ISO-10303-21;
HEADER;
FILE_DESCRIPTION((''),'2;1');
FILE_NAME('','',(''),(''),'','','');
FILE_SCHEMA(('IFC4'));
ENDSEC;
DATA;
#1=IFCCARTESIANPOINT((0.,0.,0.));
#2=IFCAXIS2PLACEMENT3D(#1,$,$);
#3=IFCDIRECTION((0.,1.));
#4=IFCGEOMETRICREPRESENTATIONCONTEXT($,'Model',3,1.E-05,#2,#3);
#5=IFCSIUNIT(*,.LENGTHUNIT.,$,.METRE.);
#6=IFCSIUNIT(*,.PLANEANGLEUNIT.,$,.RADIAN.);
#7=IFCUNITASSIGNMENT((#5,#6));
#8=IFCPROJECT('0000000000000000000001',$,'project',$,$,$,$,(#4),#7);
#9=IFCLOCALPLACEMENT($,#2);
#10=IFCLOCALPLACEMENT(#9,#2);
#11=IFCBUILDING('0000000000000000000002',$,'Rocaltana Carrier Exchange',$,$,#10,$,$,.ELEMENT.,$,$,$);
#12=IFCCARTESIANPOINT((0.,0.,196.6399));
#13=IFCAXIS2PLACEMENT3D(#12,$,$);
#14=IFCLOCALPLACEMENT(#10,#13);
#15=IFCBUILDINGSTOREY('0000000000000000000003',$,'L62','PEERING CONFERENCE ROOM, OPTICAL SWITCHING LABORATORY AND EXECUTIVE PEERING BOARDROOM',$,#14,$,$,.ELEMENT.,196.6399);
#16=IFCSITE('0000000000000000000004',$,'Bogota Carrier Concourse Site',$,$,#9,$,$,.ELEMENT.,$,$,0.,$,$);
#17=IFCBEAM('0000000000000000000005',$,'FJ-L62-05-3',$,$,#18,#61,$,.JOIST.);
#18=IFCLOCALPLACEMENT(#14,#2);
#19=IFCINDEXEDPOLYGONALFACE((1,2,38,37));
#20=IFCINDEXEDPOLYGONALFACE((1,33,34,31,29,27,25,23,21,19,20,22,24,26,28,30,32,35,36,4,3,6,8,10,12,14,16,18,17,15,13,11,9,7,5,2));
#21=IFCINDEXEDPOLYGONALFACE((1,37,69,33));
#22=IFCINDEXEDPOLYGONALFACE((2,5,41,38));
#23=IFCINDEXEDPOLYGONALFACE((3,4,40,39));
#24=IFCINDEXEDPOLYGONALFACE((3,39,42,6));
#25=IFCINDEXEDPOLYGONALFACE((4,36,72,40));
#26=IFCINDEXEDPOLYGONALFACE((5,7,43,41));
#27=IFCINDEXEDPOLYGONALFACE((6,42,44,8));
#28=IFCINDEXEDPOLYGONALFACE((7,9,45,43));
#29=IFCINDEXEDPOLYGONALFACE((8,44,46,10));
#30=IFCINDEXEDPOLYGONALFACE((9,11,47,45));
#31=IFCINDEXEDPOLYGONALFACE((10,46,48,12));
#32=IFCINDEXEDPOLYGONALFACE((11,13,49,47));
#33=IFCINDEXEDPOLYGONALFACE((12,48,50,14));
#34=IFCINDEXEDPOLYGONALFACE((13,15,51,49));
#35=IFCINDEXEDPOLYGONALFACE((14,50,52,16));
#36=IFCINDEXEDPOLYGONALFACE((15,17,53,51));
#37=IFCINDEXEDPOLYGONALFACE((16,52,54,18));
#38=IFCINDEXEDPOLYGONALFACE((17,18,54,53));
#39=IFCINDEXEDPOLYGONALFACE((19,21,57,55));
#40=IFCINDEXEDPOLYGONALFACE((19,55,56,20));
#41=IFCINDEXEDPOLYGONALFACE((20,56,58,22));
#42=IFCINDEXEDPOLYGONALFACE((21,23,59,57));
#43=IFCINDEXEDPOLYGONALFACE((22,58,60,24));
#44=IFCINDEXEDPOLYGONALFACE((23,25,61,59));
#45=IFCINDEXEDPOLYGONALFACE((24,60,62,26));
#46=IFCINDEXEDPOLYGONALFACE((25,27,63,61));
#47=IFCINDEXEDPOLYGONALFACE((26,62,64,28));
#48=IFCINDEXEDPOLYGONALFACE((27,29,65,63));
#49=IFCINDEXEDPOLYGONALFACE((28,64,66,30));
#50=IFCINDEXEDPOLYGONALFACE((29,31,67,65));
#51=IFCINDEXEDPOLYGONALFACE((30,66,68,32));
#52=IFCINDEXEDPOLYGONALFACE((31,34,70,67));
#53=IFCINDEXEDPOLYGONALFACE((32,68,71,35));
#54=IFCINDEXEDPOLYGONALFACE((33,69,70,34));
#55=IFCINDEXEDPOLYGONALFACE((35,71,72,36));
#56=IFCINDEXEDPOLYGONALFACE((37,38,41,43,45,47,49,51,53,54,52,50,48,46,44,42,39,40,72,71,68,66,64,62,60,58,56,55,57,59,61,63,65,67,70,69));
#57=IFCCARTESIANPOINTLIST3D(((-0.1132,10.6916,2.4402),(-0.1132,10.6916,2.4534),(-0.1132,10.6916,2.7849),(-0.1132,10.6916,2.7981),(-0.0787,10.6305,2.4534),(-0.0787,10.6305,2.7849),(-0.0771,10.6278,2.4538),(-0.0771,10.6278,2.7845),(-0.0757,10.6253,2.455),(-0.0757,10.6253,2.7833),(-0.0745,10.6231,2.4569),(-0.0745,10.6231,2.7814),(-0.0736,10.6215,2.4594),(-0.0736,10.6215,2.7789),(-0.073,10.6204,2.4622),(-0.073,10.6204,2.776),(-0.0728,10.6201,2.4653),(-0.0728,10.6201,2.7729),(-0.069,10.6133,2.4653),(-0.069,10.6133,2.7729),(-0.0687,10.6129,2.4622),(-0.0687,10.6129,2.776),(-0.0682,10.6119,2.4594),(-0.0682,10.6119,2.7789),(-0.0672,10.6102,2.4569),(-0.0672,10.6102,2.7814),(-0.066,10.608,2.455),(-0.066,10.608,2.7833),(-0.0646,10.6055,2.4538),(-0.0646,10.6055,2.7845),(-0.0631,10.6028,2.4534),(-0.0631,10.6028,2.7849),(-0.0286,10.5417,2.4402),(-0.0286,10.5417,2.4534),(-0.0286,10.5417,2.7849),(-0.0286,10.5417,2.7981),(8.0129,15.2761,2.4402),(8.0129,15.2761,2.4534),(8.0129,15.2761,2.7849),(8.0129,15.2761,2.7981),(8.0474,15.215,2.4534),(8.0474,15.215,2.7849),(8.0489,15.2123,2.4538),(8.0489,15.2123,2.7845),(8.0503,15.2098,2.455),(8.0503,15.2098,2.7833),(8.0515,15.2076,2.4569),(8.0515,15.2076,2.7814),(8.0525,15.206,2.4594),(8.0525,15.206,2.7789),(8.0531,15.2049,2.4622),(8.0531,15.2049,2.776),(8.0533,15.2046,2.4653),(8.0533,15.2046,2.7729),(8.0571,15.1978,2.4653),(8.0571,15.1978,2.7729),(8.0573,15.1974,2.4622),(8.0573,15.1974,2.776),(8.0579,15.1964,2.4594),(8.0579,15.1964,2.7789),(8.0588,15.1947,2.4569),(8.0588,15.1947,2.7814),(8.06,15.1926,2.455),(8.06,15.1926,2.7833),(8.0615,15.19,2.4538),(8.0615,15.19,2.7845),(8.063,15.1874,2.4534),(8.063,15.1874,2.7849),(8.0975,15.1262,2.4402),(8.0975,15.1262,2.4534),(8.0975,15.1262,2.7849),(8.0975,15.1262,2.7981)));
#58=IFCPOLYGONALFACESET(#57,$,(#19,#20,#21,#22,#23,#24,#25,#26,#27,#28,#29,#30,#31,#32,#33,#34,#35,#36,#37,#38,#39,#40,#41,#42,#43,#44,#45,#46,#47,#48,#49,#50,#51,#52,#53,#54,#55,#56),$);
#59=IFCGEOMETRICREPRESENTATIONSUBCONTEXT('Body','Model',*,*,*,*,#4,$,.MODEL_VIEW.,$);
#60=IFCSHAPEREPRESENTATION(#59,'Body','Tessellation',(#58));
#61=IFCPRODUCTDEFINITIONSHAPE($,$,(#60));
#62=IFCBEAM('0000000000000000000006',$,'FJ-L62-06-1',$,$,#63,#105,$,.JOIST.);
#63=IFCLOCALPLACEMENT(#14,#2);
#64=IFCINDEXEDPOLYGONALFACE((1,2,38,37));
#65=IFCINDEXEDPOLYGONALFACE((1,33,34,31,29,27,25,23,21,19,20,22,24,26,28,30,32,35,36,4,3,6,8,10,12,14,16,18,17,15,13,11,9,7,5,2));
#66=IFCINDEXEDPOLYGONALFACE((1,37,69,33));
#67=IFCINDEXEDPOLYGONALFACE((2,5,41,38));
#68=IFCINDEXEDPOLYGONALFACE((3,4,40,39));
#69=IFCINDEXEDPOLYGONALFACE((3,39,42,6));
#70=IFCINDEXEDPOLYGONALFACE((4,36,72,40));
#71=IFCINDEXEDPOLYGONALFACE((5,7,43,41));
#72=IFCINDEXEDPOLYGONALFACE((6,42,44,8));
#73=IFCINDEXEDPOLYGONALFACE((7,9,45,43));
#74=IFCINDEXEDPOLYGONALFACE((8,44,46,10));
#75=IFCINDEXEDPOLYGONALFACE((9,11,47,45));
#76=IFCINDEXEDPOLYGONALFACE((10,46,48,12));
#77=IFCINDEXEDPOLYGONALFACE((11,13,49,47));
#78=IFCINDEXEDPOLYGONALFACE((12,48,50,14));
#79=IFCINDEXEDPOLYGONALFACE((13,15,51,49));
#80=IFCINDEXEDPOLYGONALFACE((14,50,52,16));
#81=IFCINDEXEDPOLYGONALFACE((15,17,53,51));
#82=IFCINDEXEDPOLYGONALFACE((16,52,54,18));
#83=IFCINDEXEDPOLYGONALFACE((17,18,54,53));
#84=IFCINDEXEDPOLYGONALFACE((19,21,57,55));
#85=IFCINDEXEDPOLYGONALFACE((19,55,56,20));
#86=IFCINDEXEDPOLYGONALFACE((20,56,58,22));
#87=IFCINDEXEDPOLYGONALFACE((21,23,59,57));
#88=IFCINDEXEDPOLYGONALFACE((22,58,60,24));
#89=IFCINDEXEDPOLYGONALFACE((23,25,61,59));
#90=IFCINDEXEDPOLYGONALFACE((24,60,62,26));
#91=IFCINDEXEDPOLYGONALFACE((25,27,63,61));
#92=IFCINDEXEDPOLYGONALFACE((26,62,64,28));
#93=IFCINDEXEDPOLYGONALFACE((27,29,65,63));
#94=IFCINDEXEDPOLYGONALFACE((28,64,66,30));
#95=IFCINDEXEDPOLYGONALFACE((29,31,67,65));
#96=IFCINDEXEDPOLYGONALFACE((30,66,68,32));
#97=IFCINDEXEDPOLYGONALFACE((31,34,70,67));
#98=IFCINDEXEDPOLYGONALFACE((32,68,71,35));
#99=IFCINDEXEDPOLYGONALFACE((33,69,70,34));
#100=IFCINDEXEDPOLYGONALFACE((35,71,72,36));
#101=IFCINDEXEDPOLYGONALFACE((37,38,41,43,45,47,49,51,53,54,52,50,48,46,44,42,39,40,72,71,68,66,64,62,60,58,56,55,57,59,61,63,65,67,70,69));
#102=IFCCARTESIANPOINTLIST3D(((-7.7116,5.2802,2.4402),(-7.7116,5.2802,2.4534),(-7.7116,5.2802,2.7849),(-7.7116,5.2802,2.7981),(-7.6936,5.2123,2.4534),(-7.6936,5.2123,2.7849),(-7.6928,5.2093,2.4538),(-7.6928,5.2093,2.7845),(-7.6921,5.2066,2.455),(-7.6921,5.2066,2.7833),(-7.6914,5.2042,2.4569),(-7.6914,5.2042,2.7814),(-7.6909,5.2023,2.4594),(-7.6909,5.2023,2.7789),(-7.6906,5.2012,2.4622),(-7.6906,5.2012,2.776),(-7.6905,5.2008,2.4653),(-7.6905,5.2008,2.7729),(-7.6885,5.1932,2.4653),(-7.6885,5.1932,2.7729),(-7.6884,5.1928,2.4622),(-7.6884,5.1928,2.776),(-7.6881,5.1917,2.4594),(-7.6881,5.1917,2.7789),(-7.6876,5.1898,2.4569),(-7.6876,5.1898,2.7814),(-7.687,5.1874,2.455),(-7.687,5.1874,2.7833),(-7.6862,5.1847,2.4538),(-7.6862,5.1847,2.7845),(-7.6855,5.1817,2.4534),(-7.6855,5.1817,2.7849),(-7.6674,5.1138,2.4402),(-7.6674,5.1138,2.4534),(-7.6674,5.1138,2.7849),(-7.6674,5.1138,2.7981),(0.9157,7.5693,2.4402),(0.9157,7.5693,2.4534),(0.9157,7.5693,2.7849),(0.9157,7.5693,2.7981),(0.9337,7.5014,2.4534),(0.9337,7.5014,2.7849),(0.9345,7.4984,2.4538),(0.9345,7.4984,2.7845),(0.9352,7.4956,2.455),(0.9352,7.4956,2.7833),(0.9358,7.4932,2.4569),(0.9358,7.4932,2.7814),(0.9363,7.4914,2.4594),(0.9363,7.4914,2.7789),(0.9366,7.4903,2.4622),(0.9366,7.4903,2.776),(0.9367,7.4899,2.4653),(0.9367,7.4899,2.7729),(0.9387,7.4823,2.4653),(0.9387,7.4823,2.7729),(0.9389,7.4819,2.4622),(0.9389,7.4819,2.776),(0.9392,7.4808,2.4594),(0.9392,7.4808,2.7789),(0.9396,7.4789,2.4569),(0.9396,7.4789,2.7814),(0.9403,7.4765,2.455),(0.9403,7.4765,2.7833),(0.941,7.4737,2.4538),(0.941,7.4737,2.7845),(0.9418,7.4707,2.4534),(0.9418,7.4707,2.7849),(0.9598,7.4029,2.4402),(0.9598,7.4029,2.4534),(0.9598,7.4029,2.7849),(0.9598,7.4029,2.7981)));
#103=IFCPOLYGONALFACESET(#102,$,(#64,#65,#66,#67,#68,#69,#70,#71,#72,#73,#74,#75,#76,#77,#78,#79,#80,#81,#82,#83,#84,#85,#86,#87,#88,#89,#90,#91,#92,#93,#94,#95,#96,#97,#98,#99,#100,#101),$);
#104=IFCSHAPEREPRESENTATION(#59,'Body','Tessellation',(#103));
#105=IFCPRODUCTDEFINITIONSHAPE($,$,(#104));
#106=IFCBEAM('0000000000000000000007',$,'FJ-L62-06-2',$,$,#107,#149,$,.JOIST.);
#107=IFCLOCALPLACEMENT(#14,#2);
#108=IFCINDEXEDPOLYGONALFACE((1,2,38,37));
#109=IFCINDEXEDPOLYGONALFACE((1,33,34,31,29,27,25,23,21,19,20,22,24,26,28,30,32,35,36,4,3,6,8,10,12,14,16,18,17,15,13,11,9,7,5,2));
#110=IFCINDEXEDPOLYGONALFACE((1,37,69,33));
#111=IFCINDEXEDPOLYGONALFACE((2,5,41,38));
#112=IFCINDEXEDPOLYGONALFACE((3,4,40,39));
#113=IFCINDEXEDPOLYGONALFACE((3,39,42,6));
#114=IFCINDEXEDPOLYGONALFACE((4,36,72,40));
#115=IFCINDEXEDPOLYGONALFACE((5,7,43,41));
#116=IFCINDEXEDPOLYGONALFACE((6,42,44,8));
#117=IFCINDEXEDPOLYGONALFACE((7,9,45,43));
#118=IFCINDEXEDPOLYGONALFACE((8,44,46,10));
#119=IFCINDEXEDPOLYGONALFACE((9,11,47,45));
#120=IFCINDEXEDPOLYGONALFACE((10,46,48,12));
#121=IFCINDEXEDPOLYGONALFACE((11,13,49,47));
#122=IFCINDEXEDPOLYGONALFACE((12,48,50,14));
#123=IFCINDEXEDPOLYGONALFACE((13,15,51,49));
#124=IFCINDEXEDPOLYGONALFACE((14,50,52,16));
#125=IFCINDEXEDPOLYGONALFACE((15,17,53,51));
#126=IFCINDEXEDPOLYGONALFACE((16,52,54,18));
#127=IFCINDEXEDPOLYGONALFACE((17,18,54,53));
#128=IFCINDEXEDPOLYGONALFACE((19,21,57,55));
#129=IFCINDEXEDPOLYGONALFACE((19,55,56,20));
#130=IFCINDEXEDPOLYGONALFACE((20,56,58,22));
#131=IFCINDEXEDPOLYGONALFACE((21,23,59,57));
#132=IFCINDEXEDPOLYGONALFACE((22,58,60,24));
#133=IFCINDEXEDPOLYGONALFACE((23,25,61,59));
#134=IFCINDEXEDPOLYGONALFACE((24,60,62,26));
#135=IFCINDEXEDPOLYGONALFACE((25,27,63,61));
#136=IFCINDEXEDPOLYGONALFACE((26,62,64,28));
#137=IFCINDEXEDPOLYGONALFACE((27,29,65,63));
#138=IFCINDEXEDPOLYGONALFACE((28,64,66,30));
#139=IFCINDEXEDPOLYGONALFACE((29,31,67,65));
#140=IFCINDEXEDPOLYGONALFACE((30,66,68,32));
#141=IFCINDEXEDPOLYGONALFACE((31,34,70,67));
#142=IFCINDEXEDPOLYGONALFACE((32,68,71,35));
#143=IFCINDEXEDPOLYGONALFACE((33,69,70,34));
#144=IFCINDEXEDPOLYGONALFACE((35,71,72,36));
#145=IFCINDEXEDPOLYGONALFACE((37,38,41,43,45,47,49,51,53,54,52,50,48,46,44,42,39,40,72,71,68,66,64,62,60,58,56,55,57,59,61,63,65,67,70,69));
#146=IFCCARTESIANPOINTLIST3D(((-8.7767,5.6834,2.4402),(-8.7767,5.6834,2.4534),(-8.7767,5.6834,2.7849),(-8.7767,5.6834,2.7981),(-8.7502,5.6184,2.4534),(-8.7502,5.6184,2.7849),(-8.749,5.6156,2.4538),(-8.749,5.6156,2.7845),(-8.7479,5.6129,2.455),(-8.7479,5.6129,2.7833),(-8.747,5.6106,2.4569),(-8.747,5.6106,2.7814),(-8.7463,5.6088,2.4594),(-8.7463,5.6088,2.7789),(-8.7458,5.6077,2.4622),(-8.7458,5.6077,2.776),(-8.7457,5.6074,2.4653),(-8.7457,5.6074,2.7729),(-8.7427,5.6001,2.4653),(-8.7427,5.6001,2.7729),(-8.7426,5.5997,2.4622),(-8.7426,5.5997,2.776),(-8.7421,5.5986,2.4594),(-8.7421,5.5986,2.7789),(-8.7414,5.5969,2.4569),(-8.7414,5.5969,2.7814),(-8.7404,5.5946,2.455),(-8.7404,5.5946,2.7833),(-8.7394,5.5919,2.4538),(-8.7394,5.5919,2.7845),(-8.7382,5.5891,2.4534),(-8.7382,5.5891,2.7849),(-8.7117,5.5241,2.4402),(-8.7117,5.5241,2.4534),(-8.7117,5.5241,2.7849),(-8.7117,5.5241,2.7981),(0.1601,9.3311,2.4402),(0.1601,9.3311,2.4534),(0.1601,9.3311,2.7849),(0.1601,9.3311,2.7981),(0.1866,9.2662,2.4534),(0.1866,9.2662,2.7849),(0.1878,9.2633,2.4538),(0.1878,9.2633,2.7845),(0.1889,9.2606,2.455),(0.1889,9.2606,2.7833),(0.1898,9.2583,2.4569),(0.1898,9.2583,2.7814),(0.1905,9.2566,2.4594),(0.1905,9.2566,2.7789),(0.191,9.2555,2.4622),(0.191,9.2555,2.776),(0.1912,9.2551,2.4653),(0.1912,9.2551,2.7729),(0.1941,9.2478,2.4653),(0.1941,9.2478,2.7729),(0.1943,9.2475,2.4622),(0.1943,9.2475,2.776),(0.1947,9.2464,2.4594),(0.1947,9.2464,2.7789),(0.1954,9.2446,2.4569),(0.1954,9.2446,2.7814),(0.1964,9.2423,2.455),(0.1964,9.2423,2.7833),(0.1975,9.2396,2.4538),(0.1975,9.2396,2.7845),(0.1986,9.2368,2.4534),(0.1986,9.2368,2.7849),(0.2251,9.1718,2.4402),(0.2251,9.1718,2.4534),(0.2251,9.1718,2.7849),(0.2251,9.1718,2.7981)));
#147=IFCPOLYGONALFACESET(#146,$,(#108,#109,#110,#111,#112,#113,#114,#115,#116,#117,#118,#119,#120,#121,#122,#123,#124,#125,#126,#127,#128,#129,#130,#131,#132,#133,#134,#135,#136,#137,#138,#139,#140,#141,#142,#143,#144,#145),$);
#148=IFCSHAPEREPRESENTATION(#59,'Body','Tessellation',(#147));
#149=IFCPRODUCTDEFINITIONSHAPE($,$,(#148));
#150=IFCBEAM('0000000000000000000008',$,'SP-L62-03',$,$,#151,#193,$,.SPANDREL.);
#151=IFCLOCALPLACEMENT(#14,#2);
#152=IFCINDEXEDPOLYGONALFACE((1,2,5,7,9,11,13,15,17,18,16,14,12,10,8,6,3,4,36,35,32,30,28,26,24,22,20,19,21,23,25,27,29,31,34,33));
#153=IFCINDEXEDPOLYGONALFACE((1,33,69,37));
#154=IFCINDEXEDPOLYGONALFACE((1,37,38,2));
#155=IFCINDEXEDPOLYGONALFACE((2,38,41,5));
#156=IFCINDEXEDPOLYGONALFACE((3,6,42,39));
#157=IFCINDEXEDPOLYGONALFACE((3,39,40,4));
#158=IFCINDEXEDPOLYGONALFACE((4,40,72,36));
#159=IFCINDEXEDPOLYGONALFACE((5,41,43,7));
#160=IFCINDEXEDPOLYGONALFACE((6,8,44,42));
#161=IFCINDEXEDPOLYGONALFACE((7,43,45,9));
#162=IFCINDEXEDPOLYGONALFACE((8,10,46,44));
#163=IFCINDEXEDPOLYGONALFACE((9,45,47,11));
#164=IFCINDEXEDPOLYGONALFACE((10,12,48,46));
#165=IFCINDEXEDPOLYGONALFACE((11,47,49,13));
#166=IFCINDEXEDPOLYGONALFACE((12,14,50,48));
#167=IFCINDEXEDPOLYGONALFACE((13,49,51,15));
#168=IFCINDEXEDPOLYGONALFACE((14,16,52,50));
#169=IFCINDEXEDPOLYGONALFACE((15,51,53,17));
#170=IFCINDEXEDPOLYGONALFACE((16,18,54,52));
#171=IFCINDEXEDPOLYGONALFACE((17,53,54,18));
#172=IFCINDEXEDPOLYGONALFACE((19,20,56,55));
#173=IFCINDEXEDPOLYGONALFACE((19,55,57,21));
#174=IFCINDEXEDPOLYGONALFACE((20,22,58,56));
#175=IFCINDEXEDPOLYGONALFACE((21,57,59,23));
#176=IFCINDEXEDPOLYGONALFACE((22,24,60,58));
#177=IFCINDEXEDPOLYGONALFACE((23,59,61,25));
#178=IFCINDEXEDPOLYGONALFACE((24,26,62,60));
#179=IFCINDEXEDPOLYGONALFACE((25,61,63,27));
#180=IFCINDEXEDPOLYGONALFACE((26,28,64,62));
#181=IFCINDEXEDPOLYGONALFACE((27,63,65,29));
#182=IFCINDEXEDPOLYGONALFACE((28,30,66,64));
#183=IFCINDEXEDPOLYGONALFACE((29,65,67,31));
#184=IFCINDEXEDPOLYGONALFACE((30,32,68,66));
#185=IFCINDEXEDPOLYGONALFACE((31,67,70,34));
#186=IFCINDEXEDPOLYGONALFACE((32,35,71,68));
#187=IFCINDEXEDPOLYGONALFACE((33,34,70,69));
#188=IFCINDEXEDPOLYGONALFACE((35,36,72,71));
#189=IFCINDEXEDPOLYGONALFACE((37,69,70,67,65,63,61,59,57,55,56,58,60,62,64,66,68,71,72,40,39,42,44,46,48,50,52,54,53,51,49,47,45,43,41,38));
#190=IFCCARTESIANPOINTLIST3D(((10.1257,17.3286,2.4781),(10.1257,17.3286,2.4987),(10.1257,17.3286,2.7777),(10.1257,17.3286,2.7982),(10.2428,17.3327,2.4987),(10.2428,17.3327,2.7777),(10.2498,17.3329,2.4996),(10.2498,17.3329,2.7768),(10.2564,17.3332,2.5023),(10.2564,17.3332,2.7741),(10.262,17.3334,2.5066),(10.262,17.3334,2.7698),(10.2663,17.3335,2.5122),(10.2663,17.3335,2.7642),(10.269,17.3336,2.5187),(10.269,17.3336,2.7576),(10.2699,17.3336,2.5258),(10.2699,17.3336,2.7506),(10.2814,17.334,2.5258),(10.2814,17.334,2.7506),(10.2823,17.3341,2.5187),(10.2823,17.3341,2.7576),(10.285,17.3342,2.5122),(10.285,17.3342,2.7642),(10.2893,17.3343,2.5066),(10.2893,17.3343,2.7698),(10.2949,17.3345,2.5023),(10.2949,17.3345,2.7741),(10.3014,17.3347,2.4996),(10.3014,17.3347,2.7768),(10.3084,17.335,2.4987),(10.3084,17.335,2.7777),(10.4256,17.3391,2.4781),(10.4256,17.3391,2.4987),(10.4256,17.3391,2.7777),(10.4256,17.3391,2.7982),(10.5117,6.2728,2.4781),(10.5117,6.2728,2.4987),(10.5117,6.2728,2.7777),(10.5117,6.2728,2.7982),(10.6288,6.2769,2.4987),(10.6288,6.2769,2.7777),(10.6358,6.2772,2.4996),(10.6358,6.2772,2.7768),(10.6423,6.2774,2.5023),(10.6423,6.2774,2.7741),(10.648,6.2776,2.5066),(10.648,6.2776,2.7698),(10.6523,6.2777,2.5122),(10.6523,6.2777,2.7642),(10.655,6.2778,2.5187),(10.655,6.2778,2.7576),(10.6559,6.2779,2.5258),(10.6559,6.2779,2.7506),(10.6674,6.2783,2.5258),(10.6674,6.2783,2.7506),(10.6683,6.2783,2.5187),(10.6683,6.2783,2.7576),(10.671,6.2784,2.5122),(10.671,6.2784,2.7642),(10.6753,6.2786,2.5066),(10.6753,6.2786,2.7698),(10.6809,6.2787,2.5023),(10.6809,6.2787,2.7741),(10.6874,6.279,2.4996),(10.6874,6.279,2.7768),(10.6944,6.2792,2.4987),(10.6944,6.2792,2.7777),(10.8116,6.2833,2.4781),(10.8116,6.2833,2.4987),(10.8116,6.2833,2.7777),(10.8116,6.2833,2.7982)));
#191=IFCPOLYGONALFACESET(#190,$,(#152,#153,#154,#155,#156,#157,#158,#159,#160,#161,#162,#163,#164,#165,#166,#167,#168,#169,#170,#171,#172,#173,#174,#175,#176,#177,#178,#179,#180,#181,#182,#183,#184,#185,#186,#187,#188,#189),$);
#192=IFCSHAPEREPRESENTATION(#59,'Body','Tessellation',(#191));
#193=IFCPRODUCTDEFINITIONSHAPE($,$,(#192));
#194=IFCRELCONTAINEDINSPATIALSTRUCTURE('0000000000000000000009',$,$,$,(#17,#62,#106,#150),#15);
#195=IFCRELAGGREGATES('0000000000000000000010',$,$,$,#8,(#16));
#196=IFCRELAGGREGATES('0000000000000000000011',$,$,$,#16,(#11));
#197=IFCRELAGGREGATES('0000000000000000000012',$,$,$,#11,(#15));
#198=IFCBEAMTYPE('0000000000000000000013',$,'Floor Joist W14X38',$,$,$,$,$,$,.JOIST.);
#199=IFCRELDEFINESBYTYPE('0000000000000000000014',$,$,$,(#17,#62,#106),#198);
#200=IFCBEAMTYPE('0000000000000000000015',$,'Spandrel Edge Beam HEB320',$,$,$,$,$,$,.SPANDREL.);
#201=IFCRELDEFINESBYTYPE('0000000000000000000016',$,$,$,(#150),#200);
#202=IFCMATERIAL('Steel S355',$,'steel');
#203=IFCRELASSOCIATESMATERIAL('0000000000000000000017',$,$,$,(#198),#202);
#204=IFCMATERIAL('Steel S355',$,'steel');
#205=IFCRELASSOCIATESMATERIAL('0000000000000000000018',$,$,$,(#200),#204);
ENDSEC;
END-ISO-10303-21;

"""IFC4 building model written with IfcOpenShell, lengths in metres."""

from ifc_helpers import new_model, si_unit, direction, frame, origin, origin_2d, place, context, subcontext, project, spatial, i_section, extrude, material, material_profile, profile_set, type_object, element, save


model = new_model("IFC4")

# Units and contexts
model_context = context("Model", 3, precision=1e-05, world=origin(), true_north=direction((0.0, 1.0)))
body_context = subcontext(model_context, "Body", "Model", "MODEL_VIEW")
ifc_project = project(units=[si_unit("LENGTHUNIT", "METRE"), si_unit("PLANEANGLEUNIT", "RADIAN")], contexts=[model_context])

# Site, building, storey
site_placement = place(None, origin())
site = spatial("IfcSite", under=ifc_project, at=site_placement, Name="Bogota Carrier Concourse Site", CompositionType="ELEMENT", RefElevation=0.0)
building_placement = place(site_placement, origin())
building = spatial("IfcBuilding", under=site, at=building_placement, Name="Rocaltana Carrier Exchange", CompositionType="ELEMENT")
storey_placement = place(building_placement, frame((0.0, 0.0, 196.6399)))
storey = spatial("IfcBuildingStorey", under=building, at=storey_placement, Name="L62", Description="PEERING CONFERENCE ROOM, OPTICAL SWITCHING LABORATORY AND EXECUTIVE PEERING BOARDROOM", CompositionType="ELEMENT", Elevation=196.6399)

# Beams
ifc_material_1 = material(Name="Steel S355", Category="steel")
ifc_material_profile_1 = material_profile(ifc_material_1, i_section(OverallWidth=0.1721, OverallDepth=0.3579, WebThickness=0.0078, FlangeThickness=0.0132, FilletRadius=0.012, at=origin_2d()), Name="W14X38")
ifc_profile_set_1 = profile_set([ifc_material_profile_1], Name="Steel S355")
beam_type_1 = type_object("IfcBeamType", Name="Floor Joist W14X38", PredefinedType="JOIST", material=ifc_profile_set_1)
beam_1_placement = place(storey_placement, frame((8.0552, 15.2012, 2.6191), z_axis=(-0.870951, -0.491369, 0.0), x_axis=(0.491369, -0.870951, 0.0)))
element("IfcBeam", 1, at=beam_1_placement, inside=storey, type_object=beam_type_1, Name="FJ-L62-05-3", PredefinedType="JOIST", context=body_context, shape_type="SweptSolid", body=[
    extrude(i_section(OverallWidth=0.1721, OverallDepth=0.3579, WebThickness=0.0078, FlangeThickness=0.0132, FilletRadius=0.012, at=origin_2d()), origin(), (0.0, 0.0, 1.0), 9.3301),
])
beam_2_placement = place(storey_placement, frame((0.9377, 7.4861, 2.6191), z_axis=(-0.966556, -0.256457, 0.0), x_axis=(0.256457, -0.966556, 0.0)))
element("IfcBeam", 2, at=beam_2_placement, inside=storey, type_object=beam_type_1, Name="FJ-L62-06-1", PredefinedType="JOIST", context=body_context, shape_type="SweptSolid", body=[
    extrude(i_section(OverallWidth=0.1721, OverallDepth=0.3579, WebThickness=0.0078, FlangeThickness=0.0132, FilletRadius=0.012, at=origin_2d()), origin(), (0.0, 0.0, 1.0), 8.9258),
])
beam_3_placement = place(storey_placement, frame((0.1926, 9.2515, 2.6191), z_axis=(-0.925846, -0.377901, 0.0), x_axis=(0.377901, -0.925846, 0.0)))
element("IfcBeam", 3, at=beam_3_placement, inside=storey, type_object=beam_type_1, Name="FJ-L62-06-2", PredefinedType="JOIST", context=body_context, shape_type="SweptSolid", body=[
    extrude(i_section(OverallWidth=0.1721, OverallDepth=0.3579, WebThickness=0.0078, FlangeThickness=0.0132, FilletRadius=0.012, at=origin_2d()), origin(), (0.0, 0.0, 1.0), 9.6526),
])
ifc_material_2 = material(Name="Steel S355", Category="steel")
ifc_material_profile_2 = material_profile(ifc_material_2, i_section(OverallWidth=0.3, OverallDepth=0.3201, WebThickness=0.0115, FlangeThickness=0.0205, FilletRadius=0.0271, at=origin_2d()), Name="HEB320")
ifc_profile_set_2 = profile_set([ifc_material_profile_2], Name="Steel S355")
beam_type_2 = type_object("IfcBeamType", Name="Spandrel Edge Beam HEB320", PredefinedType="SPANDREL", material=ifc_profile_set_2)
beam_4_placement = place(storey_placement, frame((10.6616, 6.2781, 2.6382), z_axis=(-0.034892, 0.999391, 0.0), x_axis=(-0.999391, -0.034892, 0.0)))
element("IfcBeam", 4, at=beam_4_placement, inside=storey, type_object=beam_type_2, Name="SP-L62-03", PredefinedType="SPANDREL", context=body_context, shape_type="SweptSolid", body=[
    extrude(i_section(OverallWidth=0.3, OverallDepth=0.3201, WebThickness=0.0115, FlangeThickness=0.0205, FilletRadius=0.0271, at=origin_2d()), origin(), (0.0, 0.0, 1.0), 11.0625),
])

save(model, "model.ifc")
